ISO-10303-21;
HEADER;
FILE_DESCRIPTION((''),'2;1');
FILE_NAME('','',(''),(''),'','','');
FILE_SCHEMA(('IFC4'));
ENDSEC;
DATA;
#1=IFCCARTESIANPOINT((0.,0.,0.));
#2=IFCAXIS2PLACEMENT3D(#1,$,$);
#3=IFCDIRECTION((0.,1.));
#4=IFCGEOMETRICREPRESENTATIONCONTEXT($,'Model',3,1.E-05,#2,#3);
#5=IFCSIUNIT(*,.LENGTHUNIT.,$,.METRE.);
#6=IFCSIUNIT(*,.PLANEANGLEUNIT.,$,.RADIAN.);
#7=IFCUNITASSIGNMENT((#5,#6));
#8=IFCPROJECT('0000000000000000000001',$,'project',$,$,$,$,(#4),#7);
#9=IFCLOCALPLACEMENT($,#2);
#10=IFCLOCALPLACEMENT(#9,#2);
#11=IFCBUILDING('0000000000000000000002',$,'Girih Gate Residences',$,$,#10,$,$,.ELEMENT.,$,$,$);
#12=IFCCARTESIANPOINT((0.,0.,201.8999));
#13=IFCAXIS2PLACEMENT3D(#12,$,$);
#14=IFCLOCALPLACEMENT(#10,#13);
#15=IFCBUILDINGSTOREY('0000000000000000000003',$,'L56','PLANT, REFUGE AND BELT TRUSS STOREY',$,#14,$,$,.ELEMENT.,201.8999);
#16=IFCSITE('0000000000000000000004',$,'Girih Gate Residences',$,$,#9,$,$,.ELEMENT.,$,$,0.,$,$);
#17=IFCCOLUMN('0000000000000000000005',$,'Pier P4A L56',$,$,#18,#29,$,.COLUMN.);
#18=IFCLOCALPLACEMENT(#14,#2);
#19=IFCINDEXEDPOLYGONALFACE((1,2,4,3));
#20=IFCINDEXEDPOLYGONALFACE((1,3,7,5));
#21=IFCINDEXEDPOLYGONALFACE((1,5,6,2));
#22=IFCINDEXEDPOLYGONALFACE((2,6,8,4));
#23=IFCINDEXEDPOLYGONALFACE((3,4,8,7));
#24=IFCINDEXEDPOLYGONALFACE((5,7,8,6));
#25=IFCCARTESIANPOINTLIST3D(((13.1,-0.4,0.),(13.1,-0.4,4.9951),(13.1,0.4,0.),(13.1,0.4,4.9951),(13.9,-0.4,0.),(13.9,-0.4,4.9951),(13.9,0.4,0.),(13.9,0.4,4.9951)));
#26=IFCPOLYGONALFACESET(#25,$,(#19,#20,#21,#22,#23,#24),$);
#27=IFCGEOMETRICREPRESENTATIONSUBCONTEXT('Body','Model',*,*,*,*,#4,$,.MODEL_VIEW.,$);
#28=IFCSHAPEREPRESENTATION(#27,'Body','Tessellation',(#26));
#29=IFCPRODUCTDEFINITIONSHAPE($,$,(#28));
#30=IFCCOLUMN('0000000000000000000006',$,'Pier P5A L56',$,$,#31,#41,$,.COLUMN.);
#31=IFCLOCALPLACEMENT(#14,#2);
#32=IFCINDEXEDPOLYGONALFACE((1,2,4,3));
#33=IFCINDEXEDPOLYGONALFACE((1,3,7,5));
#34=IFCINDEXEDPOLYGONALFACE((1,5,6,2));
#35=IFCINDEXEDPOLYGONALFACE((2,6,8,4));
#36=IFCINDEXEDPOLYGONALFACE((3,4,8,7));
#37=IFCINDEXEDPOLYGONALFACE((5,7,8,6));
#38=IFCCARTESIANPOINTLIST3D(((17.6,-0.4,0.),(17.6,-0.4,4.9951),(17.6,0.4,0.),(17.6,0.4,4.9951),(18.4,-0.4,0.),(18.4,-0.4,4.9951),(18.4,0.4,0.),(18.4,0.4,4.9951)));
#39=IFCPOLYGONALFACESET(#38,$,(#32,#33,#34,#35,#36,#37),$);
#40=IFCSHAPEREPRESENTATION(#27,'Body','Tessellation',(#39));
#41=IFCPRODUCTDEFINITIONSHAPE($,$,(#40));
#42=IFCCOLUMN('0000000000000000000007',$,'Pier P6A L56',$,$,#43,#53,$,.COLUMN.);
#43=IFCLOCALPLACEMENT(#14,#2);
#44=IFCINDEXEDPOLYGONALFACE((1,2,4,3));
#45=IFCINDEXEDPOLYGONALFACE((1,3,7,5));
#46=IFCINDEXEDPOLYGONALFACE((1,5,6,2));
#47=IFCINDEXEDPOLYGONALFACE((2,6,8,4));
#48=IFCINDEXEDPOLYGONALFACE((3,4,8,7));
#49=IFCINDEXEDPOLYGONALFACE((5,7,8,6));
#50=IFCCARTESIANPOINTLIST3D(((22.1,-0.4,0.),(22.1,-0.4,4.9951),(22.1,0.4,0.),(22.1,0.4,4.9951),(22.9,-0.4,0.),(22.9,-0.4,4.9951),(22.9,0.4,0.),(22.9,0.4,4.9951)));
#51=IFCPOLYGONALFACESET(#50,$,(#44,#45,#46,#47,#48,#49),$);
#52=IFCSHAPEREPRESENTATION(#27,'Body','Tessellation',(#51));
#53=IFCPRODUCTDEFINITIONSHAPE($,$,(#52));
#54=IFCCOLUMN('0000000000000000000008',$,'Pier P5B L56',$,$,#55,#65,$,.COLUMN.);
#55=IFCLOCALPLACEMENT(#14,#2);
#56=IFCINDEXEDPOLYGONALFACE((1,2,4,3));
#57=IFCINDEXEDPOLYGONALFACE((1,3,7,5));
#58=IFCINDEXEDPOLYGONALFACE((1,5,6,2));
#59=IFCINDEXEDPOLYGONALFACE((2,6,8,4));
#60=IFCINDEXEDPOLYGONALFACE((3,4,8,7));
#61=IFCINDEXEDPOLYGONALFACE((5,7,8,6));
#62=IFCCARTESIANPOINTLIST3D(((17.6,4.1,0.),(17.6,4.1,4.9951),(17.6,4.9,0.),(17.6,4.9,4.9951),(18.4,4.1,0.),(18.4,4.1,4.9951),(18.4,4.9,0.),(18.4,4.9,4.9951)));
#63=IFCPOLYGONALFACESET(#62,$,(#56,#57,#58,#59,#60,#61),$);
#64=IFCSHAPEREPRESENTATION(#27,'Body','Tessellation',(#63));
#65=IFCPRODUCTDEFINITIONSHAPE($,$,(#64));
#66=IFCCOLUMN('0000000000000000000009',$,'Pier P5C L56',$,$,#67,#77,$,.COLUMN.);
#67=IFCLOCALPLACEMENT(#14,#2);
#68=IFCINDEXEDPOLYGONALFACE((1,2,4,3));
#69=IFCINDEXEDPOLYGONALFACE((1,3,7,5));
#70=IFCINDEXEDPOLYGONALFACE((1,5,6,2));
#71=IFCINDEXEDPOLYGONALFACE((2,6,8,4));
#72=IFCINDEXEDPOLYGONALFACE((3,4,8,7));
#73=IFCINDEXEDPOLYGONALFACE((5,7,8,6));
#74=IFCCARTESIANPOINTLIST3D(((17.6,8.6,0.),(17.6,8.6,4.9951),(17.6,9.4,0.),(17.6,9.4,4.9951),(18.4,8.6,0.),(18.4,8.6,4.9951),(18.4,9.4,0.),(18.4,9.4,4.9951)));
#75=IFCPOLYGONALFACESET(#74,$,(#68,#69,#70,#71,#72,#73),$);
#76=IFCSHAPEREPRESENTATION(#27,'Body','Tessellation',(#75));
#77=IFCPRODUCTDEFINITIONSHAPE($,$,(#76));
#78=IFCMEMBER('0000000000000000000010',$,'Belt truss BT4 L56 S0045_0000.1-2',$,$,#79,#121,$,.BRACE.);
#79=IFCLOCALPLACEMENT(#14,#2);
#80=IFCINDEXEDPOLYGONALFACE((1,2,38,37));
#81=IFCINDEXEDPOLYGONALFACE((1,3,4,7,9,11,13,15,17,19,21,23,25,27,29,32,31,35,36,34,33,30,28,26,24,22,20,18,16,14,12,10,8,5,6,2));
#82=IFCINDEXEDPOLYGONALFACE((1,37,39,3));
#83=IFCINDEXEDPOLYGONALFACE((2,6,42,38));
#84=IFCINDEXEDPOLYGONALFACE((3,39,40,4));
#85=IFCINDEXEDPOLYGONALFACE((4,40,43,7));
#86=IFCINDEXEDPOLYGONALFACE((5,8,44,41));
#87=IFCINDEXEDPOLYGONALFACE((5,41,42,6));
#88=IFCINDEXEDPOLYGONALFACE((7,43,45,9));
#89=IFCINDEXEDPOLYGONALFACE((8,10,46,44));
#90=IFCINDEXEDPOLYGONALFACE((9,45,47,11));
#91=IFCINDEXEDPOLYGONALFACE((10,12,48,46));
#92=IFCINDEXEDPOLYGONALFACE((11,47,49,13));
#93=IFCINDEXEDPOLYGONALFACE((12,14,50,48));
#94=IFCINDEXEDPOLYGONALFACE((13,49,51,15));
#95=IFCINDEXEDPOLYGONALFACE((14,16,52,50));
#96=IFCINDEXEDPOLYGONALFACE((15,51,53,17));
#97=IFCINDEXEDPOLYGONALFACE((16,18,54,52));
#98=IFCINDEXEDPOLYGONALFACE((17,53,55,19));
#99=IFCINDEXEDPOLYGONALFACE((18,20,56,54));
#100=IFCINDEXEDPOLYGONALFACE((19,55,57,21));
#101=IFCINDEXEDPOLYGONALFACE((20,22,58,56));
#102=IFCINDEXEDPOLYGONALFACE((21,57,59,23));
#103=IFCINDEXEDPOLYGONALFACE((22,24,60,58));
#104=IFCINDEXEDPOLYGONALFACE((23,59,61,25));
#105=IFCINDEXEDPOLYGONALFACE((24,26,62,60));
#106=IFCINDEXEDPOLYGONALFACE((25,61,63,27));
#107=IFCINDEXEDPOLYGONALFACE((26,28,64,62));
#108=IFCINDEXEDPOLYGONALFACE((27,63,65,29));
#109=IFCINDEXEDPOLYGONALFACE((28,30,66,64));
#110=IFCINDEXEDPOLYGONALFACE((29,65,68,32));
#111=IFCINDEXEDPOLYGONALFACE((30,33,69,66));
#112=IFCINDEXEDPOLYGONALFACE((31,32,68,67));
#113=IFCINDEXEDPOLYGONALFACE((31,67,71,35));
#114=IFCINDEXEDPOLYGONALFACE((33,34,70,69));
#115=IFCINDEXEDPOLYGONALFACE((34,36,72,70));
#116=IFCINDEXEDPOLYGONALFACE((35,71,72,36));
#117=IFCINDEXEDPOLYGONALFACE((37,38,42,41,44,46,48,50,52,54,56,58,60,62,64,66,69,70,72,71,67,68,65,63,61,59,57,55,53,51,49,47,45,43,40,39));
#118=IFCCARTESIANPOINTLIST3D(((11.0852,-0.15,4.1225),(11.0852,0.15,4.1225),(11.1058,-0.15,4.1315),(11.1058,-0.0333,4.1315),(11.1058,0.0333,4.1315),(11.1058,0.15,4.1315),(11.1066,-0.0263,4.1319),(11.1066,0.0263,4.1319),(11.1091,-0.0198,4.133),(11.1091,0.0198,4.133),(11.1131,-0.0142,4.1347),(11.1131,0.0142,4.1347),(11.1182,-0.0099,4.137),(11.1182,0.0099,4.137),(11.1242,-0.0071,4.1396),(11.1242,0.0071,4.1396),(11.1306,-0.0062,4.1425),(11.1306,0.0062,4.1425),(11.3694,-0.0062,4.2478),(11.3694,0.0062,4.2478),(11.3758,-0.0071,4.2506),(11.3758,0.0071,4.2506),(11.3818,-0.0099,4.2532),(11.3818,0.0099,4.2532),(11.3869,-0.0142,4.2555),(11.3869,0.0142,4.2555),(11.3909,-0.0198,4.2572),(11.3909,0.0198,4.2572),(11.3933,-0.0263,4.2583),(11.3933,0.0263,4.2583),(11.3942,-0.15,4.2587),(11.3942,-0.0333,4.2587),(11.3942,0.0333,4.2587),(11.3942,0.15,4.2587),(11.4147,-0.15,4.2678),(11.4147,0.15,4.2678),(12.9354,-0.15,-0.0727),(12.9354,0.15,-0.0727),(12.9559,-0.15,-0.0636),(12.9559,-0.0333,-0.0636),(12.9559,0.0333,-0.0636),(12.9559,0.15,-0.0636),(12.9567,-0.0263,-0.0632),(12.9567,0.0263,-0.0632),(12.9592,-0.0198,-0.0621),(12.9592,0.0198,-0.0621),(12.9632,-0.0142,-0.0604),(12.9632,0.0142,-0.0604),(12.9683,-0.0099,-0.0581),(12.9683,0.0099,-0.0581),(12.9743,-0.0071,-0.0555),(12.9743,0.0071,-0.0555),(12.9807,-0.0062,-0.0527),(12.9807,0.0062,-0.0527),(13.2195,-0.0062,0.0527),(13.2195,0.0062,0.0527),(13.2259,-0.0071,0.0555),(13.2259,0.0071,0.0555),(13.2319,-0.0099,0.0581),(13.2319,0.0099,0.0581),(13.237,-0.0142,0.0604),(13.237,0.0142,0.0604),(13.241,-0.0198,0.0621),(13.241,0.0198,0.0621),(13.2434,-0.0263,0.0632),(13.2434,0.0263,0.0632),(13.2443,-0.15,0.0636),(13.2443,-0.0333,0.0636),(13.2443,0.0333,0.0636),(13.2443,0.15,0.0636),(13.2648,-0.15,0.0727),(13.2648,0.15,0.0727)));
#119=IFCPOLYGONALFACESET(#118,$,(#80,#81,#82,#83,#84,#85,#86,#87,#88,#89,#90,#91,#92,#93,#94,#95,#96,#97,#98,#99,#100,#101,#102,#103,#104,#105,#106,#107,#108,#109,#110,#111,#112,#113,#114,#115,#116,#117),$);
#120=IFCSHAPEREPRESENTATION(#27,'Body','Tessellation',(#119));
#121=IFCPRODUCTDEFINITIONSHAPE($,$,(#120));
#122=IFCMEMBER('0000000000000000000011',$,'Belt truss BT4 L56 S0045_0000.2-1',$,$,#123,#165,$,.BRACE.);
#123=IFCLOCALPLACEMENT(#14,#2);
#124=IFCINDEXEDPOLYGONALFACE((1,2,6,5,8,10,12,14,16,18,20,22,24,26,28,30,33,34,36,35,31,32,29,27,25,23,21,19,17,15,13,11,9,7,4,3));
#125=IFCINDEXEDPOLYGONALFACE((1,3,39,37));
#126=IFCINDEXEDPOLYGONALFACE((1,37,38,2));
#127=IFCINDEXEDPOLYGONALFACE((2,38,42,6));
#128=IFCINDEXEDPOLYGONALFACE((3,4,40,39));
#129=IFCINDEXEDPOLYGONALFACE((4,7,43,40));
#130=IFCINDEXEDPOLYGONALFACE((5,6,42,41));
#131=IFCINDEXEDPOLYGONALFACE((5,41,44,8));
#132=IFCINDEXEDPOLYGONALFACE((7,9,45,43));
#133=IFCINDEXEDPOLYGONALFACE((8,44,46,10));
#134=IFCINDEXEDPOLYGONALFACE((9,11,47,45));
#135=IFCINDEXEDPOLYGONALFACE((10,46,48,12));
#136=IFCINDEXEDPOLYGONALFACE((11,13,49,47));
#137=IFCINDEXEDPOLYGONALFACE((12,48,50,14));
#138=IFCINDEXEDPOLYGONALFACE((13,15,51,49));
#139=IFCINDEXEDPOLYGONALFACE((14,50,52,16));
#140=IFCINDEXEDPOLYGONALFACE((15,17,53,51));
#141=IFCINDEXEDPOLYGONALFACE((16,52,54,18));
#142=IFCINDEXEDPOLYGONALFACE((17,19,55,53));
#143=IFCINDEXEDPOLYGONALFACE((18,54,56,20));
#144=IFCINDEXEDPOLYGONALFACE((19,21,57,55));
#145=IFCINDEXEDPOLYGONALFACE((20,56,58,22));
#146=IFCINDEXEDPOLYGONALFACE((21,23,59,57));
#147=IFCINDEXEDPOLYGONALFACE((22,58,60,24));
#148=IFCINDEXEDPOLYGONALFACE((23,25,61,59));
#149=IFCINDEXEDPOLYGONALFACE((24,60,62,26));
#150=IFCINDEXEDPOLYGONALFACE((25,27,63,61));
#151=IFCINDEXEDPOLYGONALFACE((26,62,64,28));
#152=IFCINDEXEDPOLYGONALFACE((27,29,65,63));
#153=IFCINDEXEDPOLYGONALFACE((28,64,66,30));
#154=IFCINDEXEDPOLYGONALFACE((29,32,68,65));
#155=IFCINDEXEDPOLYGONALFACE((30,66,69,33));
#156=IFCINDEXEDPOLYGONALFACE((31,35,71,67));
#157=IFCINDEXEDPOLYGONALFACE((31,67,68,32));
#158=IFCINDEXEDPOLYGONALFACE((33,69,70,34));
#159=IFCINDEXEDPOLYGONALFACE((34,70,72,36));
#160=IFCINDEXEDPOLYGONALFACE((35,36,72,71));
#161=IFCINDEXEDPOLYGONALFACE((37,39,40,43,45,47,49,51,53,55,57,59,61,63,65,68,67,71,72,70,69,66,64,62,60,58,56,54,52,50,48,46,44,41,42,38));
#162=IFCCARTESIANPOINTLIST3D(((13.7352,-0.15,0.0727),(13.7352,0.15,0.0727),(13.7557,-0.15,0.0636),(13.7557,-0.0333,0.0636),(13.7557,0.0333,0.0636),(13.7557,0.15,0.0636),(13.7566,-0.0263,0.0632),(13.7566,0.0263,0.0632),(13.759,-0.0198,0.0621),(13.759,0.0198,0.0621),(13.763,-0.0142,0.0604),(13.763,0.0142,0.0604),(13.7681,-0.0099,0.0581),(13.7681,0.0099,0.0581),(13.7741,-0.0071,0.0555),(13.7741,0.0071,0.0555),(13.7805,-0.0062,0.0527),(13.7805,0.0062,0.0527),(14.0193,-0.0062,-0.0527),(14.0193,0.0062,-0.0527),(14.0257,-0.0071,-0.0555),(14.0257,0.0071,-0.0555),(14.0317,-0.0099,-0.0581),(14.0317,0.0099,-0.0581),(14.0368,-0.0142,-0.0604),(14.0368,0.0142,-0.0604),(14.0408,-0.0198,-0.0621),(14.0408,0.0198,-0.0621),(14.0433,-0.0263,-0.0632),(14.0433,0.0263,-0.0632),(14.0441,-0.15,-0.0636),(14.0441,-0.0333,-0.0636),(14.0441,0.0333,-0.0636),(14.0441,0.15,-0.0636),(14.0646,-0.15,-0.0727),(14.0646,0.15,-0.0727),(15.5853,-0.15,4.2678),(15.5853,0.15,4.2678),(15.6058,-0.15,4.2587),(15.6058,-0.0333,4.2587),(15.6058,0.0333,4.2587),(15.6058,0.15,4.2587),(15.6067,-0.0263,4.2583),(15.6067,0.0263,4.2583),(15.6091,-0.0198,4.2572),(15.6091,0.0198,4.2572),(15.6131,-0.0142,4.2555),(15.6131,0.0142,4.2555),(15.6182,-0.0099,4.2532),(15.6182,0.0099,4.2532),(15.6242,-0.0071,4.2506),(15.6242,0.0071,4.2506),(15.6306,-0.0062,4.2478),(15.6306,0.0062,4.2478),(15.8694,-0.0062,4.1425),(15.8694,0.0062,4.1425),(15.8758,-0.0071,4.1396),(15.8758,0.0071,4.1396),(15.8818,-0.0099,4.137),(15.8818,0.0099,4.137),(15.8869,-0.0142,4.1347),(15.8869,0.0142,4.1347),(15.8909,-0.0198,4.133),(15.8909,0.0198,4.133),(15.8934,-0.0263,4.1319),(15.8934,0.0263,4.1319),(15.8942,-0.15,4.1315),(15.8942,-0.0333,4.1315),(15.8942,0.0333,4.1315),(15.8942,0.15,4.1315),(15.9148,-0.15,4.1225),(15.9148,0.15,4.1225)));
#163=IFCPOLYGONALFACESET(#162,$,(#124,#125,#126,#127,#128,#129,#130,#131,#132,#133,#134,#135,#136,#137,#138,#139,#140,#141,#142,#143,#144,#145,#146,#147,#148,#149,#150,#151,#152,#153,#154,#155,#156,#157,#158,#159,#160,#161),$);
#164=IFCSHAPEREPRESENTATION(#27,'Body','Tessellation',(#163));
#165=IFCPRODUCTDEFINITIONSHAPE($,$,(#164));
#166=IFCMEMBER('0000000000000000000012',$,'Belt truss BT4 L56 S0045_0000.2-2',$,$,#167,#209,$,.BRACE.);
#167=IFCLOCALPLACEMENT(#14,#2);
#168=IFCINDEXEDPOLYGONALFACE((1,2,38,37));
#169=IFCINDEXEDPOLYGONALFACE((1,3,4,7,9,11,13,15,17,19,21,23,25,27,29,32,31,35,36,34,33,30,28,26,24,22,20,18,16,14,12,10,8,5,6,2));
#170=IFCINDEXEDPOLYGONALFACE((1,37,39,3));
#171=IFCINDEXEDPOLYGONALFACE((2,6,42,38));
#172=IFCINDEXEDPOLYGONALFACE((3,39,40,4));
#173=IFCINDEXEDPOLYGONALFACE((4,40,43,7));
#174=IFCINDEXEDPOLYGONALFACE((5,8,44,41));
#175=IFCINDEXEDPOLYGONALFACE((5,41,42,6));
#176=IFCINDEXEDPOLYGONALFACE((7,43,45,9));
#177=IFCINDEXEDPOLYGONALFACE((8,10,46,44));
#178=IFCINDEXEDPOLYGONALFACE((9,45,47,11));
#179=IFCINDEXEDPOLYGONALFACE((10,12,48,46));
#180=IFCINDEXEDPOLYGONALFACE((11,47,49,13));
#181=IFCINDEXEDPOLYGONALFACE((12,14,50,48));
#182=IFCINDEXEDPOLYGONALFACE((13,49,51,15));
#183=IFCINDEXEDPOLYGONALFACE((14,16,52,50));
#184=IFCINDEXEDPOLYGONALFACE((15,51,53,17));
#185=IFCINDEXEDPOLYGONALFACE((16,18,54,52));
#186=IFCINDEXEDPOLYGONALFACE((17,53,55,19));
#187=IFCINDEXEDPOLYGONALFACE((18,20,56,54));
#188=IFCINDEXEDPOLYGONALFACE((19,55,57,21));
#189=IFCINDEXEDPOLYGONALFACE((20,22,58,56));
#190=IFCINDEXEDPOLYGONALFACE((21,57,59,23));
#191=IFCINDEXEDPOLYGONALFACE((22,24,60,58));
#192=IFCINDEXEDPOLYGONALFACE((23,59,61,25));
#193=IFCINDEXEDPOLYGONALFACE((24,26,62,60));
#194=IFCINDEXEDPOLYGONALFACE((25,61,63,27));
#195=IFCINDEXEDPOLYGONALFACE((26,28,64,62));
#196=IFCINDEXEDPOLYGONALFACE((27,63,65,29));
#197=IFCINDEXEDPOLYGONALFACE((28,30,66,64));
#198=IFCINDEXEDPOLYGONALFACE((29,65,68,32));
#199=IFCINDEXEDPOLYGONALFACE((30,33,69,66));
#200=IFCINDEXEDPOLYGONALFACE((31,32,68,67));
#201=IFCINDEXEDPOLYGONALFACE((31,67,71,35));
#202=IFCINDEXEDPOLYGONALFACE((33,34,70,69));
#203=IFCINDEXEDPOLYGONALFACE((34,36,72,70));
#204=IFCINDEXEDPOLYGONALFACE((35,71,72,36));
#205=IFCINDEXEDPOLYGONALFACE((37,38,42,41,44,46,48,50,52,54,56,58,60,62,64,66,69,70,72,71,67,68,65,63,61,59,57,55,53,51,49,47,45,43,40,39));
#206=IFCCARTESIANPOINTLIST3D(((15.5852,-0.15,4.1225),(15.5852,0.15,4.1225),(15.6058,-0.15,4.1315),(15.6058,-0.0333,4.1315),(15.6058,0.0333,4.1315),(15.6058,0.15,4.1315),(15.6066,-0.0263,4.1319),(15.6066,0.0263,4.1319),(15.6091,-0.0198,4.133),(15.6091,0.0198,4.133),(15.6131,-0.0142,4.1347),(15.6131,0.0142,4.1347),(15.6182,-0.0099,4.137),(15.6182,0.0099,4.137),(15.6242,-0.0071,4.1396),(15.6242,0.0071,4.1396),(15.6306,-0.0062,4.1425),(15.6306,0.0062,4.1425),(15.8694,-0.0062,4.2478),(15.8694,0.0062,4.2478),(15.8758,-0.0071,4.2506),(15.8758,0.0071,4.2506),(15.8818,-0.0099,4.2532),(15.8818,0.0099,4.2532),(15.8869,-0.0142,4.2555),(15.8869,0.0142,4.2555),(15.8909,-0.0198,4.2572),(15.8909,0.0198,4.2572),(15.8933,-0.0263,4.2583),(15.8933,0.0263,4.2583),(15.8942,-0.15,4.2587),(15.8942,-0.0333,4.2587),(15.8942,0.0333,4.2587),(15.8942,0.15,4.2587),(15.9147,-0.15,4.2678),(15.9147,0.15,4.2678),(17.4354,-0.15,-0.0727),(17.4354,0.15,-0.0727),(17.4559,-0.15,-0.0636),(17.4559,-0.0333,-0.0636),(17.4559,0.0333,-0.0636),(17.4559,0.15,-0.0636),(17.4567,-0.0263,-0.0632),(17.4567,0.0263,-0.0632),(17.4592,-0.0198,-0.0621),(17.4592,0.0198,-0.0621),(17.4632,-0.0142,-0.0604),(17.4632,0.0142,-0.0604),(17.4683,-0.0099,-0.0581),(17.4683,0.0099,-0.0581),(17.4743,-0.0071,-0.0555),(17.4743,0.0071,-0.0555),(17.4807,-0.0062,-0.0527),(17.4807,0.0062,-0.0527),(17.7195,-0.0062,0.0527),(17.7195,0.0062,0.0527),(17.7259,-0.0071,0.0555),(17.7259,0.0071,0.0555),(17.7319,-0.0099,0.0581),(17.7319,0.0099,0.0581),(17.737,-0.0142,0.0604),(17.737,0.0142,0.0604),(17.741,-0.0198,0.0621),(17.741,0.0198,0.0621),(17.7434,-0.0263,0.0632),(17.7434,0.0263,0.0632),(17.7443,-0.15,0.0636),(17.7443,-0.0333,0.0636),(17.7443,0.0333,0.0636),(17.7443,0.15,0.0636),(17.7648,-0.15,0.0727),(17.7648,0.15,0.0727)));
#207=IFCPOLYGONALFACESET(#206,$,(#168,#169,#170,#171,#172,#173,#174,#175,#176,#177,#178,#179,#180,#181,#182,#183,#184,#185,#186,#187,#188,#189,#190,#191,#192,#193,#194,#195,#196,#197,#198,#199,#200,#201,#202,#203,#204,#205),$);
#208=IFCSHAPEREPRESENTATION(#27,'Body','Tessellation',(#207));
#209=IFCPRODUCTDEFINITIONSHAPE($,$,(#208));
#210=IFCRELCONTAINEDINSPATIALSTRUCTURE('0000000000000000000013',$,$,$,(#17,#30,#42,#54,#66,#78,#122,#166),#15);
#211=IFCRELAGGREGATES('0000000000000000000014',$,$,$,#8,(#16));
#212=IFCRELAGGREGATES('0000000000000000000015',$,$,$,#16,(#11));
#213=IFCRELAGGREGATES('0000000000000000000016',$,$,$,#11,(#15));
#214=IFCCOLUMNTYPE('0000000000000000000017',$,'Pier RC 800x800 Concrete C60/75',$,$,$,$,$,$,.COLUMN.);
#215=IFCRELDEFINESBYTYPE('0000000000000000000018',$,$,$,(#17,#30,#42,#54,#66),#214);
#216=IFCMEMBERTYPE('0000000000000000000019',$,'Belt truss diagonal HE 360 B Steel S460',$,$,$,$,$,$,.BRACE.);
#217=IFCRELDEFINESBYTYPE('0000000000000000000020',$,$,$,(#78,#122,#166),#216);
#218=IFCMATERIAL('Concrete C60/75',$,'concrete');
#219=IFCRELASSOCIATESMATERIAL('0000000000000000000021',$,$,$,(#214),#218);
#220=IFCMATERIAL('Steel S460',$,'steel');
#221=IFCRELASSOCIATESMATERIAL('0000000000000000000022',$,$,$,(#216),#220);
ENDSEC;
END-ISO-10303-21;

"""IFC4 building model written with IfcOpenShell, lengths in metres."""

from ifc_helpers import new_model, si_unit, direction, frame, origin, origin_2d, place, context, subcontext, project, spatial, rectangle, i_section, extrude, material, material_profile, profile_set, type_object, element, save


model = new_model("IFC4")

# Units and contexts
model_context = context("Model", 3, precision=1e-05, world=origin(), true_north=direction((0.0, 1.0)))
body_context = subcontext(model_context, "Body", "Model", "MODEL_VIEW")
ifc_project = project(units=[si_unit("LENGTHUNIT", "METRE"), si_unit("PLANEANGLEUNIT", "RADIAN")], contexts=[model_context])

# Site, building, storey
site_placement = place(None, origin())
site = spatial("IfcSite", under=ifc_project, at=site_placement, Name="Girih Gate Residences", CompositionType="ELEMENT", RefElevation=0.0)
building_placement = place(site_placement, origin())
building = spatial("IfcBuilding", under=site, at=building_placement, Name="Girih Gate Residences", CompositionType="ELEMENT")
storey_placement = place(building_placement, frame((0.0, 0.0, 201.8999)))
storey = spatial("IfcBuildingStorey", under=building, at=storey_placement, Name="L56", Description="PLANT, REFUGE AND BELT TRUSS STOREY", CompositionType="ELEMENT", Elevation=201.8999)

# Columns
ifc_material_1 = material(Name="Concrete C60/75", Category="concrete")
ifc_material_profile_1 = material_profile(ifc_material_1, rectangle(XDim=0.8, YDim=0.8, at=origin_2d()))
ifc_profile_set_1 = profile_set([ifc_material_profile_1], Name="Concrete C60/75")
column_type = type_object("IfcColumnType", Name="Pier RC 800x800 Concrete C60/75", PredefinedType="COLUMN", material=ifc_profile_set_1)
for number, where, z_axis, x_axis, name in (
    (1, (13.5, 0.0, 0.0), (0.0, 0.0, 1.0), (1.0, 0.0, 0.0), "Pier P4A L56"),
    (2, (18.0, 0.0, 0.0), (0.0, 0.0, 1.0), (1.0, 0.0, 0.0), "Pier P5A L56"),
    (3, (22.5, 0.0, 0.0), (0.0, 0.0, 1.0), (1.0, 0.0, 0.0), "Pier P6A L56"),
    (4, (18.0, 4.5, 0.0), (0.0, 0.0, 1.0), (1.0, 0.0, 0.0), "Pier P5B L56"),
    (5, (18.0, 9.0, 0.0), (0.0, 0.0, 1.0), (1.0, 0.0, 0.0), "Pier P5C L56"),
):
    element("IfcColumn", number, at=place(storey_placement, frame(where, z_axis=z_axis, x_axis=x_axis)), inside=storey, type_object=column_type, Name=name, PredefinedType="COLUMN", context=body_context, shape_type="SweptSolid", body=[
        extrude(rectangle(XDim=0.8, YDim=0.8, at=origin_2d()), origin(), (0.0, 0.0, 1.0), 4.9951),
    ])

# Members
ifc_material_2 = material(Name="Steel S460", Category="steel")
ifc_material_profile_2 = material_profile(ifc_material_2, i_section(OverallWidth=0.3, OverallDepth=0.3601, WebThickness=0.0125, FlangeThickness=0.0225, FilletRadius=0.0271, at=origin_2d()))
ifc_profile_set_2 = profile_set([ifc_material_profile_2], Name="Steel S460")
member_type = type_object("IfcMemberType", Name="Belt truss diagonal HE 360 B Steel S460", PredefinedType="BRACE", material=ifc_profile_set_2)
for number, where, z_axis, x_axis, name in (
    (6, (13.1001, 0.0, 0.0), (-0.403518, 0.0, 0.914972), (0.0, -1.0, 0.0), "Belt truss BT4 L56 S0045_0000.1-2"),
    (7, (13.8999, 0.0, 0.0), (0.403518, 0.0, 0.914972), (0.0, 1.0, 0.0), "Belt truss BT4 L56 S0045_0000.2-1"),
    (8, (17.6001, 0.0, 0.0), (-0.403518, 0.0, 0.914972), (0.0, -1.0, 0.0), "Belt truss BT4 L56 S0045_0000.2-2"),
):
    element("IfcMember", number, at=place(storey_placement, frame(where, z_axis=z_axis, x_axis=x_axis)), inside=storey, type_object=member_type, Name=name, PredefinedType="BRACE", context=body_context, shape_type="SweptSolid", body=[
        extrude(i_section(OverallWidth=0.3, OverallDepth=0.3601, WebThickness=0.0125, FlangeThickness=0.0225, FilletRadius=0.0271, at=origin_2d()), origin(), (0.0, 0.0, 1.0), 4.585),
    ])

save(model, "model.ifc")
